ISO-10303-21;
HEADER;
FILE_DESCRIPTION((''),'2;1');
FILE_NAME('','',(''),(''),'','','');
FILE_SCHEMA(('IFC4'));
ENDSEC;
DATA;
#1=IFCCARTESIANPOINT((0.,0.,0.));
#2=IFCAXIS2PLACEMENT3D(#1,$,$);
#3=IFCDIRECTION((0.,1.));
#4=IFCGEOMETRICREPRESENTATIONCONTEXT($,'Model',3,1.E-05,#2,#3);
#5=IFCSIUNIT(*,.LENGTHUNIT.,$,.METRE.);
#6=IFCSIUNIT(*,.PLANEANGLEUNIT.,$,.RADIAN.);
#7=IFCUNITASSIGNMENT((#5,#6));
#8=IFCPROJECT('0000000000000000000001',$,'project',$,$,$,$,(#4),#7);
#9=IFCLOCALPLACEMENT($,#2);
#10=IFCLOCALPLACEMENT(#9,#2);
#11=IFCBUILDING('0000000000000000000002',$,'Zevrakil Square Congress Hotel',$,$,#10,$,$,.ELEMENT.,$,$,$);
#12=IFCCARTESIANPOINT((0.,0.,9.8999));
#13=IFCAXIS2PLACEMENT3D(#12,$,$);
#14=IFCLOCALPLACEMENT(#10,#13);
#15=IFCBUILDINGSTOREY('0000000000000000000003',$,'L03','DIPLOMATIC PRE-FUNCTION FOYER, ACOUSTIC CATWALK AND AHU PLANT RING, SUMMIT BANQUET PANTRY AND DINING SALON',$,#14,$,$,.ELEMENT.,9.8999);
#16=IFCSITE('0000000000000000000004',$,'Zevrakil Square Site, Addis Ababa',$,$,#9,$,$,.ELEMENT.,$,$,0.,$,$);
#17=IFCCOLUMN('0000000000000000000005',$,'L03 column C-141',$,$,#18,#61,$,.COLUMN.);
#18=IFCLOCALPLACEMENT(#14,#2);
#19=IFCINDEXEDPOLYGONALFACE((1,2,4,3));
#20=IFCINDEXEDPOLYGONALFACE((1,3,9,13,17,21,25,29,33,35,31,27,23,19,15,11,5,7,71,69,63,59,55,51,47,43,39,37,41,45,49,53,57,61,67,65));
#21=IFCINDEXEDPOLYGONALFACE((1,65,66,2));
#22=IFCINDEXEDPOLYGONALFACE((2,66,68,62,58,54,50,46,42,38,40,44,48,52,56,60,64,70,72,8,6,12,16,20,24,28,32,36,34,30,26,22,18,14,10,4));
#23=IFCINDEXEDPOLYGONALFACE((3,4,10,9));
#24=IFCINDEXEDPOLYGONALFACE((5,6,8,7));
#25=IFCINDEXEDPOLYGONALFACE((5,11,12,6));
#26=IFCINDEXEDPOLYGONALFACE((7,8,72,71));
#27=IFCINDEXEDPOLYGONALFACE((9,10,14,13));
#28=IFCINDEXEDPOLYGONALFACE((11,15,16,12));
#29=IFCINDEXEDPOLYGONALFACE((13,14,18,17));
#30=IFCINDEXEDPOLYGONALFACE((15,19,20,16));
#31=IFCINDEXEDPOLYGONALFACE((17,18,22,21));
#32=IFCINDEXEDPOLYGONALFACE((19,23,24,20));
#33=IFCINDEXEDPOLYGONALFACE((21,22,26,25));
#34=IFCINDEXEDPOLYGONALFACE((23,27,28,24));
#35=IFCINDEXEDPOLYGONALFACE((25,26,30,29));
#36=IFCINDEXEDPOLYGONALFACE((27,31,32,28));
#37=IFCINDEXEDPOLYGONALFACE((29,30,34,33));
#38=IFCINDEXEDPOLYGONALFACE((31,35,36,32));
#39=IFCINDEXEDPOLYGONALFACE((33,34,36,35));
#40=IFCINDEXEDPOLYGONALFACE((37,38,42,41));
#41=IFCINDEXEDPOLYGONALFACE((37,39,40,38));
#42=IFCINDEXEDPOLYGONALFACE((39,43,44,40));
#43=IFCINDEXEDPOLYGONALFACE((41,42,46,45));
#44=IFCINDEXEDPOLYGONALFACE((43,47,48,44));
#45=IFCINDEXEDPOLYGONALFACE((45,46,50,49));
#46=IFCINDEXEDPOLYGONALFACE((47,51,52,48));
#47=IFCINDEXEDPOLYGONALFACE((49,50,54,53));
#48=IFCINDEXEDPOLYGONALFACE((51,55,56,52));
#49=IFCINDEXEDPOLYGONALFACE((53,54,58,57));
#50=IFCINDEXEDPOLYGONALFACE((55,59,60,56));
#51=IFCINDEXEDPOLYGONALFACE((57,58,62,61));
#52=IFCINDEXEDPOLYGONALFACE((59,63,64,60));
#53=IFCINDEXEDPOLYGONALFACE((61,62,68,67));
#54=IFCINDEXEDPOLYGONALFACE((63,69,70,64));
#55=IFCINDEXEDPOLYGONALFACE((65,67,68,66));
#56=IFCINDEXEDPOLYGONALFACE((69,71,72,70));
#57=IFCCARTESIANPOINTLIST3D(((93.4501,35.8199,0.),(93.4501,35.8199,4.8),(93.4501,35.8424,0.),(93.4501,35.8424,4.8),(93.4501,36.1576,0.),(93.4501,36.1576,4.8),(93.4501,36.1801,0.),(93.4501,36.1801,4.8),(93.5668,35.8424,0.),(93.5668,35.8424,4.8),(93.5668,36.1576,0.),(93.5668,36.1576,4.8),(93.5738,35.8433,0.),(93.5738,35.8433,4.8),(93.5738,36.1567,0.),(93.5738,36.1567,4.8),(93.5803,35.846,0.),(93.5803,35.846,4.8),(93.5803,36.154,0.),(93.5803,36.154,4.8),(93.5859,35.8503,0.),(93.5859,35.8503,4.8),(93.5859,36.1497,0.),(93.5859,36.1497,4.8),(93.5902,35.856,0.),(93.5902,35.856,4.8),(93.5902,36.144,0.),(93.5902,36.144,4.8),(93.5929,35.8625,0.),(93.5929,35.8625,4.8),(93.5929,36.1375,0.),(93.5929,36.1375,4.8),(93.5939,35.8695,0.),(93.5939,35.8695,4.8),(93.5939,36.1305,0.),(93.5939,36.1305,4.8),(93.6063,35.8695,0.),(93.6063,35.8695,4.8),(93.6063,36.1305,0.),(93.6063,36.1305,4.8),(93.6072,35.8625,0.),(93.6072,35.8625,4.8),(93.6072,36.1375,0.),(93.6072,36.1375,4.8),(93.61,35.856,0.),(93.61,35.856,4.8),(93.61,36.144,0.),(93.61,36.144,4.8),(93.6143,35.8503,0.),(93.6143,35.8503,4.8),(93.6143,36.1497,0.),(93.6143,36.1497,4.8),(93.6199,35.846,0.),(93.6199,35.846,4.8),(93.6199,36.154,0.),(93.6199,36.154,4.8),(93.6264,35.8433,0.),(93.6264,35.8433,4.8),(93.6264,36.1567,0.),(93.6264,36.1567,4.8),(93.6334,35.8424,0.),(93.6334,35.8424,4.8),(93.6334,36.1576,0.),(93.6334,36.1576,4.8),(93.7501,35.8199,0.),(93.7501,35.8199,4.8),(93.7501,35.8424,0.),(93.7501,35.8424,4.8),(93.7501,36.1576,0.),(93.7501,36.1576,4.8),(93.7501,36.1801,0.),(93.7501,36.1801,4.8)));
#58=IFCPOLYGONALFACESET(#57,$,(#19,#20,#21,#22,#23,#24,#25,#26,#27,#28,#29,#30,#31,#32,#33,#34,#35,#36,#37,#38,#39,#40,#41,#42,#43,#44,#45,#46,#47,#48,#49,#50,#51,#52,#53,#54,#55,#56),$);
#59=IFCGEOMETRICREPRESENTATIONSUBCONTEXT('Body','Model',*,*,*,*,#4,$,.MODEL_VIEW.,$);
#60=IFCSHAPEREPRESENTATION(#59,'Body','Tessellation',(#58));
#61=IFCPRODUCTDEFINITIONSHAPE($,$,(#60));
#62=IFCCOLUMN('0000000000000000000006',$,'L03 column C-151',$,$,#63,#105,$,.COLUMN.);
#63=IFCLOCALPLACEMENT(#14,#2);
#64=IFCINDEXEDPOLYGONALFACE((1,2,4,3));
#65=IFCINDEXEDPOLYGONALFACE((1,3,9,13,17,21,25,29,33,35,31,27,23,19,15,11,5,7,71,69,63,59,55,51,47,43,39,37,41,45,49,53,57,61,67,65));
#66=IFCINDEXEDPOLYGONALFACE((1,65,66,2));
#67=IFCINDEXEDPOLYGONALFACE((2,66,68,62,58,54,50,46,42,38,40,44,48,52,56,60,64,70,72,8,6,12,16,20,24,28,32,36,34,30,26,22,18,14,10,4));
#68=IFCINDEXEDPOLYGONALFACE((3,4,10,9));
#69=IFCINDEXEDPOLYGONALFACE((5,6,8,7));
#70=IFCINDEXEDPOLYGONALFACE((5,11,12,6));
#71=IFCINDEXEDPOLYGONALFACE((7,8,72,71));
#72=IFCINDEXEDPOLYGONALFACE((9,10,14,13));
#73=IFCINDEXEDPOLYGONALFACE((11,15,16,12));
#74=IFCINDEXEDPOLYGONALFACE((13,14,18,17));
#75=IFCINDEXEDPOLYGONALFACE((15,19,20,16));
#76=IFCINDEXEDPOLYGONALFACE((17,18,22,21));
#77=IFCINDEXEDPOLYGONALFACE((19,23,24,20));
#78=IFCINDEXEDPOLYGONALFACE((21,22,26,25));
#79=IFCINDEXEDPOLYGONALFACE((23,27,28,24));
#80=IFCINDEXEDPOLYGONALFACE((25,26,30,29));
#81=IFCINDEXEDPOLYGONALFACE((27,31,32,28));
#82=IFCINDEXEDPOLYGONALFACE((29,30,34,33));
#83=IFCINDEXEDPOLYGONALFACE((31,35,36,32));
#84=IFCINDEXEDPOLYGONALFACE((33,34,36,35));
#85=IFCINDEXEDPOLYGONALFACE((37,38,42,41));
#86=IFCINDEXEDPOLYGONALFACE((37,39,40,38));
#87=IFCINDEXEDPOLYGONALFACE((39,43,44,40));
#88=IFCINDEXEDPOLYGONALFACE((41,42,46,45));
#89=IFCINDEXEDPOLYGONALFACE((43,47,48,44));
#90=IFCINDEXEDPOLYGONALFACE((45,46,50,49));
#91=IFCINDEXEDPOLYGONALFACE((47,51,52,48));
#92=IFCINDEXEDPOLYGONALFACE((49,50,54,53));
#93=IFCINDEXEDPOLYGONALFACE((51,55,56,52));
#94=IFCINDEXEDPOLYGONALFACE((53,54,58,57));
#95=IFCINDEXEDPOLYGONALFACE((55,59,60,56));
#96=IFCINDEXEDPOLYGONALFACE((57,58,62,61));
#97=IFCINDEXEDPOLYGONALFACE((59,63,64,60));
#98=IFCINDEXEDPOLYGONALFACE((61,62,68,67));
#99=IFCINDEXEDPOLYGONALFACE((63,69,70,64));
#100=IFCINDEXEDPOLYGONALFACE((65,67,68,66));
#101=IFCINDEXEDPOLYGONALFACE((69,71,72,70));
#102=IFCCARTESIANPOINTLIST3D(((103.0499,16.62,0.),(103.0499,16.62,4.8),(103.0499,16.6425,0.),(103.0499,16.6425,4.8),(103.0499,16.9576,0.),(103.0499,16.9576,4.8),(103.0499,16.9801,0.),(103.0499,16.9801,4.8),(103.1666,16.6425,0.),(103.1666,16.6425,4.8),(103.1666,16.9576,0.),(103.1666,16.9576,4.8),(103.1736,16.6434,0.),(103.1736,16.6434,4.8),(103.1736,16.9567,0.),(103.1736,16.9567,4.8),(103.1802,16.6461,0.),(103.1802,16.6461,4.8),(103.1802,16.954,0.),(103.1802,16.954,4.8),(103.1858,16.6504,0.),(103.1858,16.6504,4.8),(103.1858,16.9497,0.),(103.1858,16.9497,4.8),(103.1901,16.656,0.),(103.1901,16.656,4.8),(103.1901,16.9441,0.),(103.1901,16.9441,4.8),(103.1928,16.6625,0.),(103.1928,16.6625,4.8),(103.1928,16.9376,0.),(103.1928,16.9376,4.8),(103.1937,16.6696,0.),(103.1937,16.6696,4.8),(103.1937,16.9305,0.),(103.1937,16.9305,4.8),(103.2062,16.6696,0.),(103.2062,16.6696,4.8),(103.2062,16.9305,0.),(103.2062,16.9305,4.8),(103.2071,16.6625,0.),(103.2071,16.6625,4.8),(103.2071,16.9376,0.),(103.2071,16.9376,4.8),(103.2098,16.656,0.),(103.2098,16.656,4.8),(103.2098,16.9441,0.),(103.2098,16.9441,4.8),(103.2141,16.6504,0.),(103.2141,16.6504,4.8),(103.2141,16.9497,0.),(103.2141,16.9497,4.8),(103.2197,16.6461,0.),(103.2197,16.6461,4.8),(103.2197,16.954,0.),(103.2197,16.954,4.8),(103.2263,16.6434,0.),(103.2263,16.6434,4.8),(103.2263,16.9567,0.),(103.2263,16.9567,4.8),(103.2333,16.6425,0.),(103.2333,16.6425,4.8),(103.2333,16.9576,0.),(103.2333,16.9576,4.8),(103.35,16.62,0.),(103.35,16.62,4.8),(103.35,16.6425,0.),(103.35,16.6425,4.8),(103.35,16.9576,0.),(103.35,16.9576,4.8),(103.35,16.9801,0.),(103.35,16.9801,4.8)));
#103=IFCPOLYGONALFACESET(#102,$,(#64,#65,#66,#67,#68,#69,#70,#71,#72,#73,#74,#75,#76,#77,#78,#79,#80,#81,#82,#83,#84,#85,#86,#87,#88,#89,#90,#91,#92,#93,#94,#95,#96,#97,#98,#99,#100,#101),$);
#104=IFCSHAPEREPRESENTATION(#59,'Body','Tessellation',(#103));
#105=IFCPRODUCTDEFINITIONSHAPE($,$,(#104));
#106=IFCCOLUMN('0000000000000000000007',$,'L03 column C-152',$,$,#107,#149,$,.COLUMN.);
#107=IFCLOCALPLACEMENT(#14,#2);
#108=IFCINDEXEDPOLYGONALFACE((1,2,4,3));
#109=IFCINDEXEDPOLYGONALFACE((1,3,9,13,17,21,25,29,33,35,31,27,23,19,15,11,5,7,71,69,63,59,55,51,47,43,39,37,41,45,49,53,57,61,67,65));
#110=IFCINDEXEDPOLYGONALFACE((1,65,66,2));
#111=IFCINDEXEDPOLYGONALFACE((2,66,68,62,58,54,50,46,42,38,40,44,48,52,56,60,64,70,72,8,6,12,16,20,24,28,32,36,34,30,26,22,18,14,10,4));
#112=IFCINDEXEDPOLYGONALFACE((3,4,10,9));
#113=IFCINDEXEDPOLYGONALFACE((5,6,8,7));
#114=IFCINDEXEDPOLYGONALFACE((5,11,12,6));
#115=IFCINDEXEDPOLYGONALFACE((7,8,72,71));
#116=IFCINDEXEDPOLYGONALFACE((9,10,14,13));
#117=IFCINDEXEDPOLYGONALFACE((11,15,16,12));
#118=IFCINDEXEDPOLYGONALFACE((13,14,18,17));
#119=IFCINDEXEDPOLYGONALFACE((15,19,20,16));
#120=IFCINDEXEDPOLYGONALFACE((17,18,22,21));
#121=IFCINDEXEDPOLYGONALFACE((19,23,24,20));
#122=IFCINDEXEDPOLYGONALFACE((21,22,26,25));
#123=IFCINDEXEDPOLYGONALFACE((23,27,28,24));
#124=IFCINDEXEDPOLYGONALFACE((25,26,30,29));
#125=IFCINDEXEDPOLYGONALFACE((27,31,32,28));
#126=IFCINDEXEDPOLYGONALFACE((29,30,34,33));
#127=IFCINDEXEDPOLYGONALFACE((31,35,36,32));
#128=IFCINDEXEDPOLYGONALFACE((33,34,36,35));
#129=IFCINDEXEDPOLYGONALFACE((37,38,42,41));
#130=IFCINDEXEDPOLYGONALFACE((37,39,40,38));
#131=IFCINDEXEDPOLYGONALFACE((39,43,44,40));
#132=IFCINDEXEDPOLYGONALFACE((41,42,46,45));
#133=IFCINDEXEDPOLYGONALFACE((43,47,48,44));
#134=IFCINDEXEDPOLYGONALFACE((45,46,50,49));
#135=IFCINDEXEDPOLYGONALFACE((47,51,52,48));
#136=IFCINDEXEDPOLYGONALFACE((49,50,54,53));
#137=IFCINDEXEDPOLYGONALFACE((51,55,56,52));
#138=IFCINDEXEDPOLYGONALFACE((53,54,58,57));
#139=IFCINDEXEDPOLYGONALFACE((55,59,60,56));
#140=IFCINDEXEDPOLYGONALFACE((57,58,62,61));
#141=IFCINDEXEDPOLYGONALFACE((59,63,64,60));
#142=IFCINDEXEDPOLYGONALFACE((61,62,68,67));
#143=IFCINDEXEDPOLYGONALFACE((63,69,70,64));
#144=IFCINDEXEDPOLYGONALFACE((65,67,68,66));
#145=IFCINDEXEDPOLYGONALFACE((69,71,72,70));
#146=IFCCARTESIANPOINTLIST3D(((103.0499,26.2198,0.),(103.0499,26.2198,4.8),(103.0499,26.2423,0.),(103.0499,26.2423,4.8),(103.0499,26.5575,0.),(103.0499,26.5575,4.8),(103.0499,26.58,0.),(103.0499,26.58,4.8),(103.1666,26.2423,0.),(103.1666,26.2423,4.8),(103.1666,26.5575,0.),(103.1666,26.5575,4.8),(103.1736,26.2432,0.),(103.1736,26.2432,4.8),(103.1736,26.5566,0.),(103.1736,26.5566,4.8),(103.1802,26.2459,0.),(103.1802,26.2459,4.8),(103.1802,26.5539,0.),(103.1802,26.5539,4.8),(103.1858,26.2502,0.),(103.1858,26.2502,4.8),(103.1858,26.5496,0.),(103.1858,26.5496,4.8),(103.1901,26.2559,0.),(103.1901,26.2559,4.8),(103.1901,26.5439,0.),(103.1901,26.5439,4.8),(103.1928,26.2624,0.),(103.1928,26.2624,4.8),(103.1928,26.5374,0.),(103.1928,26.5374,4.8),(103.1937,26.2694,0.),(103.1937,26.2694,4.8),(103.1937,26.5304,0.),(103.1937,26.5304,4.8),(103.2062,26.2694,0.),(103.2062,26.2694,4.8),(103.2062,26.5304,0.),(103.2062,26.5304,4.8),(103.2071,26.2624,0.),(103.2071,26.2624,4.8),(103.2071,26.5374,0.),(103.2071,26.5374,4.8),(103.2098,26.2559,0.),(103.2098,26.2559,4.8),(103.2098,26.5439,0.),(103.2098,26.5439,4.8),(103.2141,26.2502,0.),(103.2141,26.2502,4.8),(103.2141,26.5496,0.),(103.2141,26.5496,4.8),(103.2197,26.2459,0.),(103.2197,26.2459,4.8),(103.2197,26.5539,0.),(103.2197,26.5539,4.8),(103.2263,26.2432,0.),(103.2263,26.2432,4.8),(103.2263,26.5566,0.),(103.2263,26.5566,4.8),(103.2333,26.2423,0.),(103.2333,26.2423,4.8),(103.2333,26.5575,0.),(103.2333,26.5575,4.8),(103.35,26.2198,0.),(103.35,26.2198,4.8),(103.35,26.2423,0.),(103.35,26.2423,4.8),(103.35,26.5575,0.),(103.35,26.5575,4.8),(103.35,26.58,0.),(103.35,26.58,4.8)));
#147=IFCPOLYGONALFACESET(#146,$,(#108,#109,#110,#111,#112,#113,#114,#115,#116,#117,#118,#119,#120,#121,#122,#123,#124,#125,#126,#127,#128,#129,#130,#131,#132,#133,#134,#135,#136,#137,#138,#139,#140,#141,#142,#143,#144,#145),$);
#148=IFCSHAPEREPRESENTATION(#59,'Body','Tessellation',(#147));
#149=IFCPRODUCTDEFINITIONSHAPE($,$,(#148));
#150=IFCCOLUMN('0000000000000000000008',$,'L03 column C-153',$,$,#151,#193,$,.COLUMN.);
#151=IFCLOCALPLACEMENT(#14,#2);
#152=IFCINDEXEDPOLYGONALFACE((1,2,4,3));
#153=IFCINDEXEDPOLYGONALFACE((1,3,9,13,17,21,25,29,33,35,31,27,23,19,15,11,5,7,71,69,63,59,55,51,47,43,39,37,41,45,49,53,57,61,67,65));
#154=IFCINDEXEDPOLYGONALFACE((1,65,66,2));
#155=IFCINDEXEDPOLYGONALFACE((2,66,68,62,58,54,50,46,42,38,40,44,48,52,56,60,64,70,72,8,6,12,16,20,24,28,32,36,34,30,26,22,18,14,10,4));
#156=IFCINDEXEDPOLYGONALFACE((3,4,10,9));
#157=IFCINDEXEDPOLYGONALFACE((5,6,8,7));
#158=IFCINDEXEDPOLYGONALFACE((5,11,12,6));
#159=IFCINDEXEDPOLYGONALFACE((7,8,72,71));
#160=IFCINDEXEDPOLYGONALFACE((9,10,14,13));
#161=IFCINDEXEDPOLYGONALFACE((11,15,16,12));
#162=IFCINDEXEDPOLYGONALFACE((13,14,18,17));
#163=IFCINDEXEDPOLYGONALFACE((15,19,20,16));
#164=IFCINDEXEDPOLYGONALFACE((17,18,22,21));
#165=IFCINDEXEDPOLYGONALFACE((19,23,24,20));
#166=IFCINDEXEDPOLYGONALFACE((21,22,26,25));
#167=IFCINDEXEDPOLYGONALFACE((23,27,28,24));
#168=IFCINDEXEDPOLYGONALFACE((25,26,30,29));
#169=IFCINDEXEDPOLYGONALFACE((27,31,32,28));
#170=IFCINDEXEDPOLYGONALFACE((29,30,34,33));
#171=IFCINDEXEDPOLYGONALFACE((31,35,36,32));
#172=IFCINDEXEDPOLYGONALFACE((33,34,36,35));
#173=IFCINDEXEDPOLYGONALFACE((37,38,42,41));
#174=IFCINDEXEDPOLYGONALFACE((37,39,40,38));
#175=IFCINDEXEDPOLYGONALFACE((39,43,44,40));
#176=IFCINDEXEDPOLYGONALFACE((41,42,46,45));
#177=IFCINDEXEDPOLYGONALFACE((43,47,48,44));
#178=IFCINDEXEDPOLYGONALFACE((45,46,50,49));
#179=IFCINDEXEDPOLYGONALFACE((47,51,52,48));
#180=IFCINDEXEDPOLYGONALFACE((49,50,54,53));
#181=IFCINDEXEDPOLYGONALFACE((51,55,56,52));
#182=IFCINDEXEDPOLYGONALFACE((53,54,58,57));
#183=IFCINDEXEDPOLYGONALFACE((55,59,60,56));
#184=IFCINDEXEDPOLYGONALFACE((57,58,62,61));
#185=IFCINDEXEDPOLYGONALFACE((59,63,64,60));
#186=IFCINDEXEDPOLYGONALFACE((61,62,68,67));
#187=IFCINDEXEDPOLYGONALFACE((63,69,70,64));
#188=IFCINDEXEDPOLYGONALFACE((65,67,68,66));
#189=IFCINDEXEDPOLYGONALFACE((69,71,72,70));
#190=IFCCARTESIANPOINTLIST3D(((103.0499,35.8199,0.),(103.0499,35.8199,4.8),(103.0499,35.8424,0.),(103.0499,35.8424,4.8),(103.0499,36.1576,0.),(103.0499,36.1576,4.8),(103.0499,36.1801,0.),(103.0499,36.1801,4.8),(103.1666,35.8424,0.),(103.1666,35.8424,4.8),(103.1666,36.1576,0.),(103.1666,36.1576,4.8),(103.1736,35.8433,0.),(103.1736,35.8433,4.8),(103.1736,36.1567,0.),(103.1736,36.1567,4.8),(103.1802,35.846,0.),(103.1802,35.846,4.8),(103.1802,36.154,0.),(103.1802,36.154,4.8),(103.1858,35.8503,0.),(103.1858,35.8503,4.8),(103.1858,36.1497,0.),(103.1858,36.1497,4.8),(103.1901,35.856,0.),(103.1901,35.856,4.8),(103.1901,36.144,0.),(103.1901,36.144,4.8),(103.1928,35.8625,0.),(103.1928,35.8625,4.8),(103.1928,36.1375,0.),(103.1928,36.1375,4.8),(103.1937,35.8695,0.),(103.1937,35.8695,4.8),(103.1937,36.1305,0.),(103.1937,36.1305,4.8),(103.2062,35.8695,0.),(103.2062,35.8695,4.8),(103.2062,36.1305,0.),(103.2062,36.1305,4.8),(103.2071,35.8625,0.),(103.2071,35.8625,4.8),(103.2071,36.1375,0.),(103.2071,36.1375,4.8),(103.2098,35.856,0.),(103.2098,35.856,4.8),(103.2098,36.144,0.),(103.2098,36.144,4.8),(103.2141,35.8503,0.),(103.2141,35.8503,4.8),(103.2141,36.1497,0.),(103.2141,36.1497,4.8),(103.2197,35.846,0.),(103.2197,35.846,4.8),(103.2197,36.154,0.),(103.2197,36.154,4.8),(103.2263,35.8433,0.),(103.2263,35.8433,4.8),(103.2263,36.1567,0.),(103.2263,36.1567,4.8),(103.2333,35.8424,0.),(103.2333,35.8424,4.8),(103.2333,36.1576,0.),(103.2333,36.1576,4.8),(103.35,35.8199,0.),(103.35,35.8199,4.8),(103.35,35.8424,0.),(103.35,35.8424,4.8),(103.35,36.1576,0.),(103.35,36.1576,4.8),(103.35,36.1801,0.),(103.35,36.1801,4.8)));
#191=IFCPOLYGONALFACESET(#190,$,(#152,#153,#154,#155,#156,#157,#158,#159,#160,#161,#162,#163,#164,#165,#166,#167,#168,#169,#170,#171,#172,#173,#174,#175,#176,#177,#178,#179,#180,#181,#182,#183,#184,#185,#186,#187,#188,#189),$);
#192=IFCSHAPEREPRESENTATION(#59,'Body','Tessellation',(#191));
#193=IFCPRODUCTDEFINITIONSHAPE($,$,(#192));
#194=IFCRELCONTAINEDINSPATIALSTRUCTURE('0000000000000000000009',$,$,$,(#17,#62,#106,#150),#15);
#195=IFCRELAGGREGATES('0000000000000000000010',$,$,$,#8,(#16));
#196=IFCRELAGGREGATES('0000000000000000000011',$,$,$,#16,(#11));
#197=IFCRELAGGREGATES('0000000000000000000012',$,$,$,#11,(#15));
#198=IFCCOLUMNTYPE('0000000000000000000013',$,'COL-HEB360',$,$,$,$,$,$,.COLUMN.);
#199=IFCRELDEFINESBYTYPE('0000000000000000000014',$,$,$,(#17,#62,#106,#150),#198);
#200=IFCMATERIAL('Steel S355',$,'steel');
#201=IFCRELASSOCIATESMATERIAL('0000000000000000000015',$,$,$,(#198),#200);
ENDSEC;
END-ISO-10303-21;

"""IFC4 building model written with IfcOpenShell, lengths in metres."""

from ifc_helpers import new_model, si_unit, direction, frame, origin, origin_2d, place, context, subcontext, project, spatial, i_section, extrude, material, material_profile, profile_set, type_object, element, save


model = new_model("IFC4")

# Units and contexts
model_context = context("Model", 3, precision=1e-05, world=origin(), true_north=direction((0.0, 1.0)))
body_context = subcontext(model_context, "Body", "Model", "MODEL_VIEW")
ifc_project = project(units=[si_unit("LENGTHUNIT", "METRE"), si_unit("PLANEANGLEUNIT", "RADIAN")], contexts=[model_context])

# Site, building, storey
site_placement = place(None, origin())
site = spatial("IfcSite", under=ifc_project, at=site_placement, Name="Zevrakil Square Site, Addis Ababa", CompositionType="ELEMENT", RefElevation=0.0)
building_placement = place(site_placement, origin())
building = spatial("IfcBuilding", under=site, at=building_placement, Name="Zevrakil Square Congress Hotel", CompositionType="ELEMENT")
storey_placement = place(building_placement, frame((0.0, 0.0, 9.8999)))
storey = spatial("IfcBuildingStorey", under=building, at=storey_placement, Name="L03", Description="DIPLOMATIC PRE-FUNCTION FOYER, ACOUSTIC CATWALK AND AHU PLANT RING, SUMMIT BANQUET PANTRY AND DINING SALON", CompositionType="ELEMENT", Elevation=9.8999)

# Columns
ifc_material_1 = material(Name="Steel S355", Category="steel")
ifc_material_profile_1 = material_profile(ifc_material_1, i_section(OverallWidth=0.3, OverallDepth=0.3601, WebThickness=0.0125, FlangeThickness=0.0225, FilletRadius=0.0271, at=origin_2d()), Name="HEB 360")
ifc_profile_set_1 = profile_set([ifc_material_profile_1], Name="Steel S355")
column_type = type_object("IfcColumnType", Name="COL-HEB360", PredefinedType="COLUMN", material=ifc_profile_set_1)
for number, where, z_axis, x_axis, name in (
    (1, (93.6001, 36.0, 0.0), (0.0, 0.0, 1.0), (1.0, 0.0, 0.0), "L03 column C-141"),
    (2, (103.2, 16.8, 0.0), (0.0, 0.0, 1.0), (1.0, 0.0, 0.0), "L03 column C-151"),
    (3, (103.2, 26.3999, 0.0), (0.0, 0.0, 1.0), (1.0, 0.0, 0.0), "L03 column C-152"),
    (4, (103.2, 36.0, 0.0), (0.0, 0.0, 1.0), (1.0, 0.0, 0.0), "L03 column C-153"),
):
    element("IfcColumn", number, at=place(storey_placement, frame(where, z_axis=z_axis, x_axis=x_axis)), inside=storey, type_object=column_type, Name=name, PredefinedType="COLUMN", context=body_context, shape_type="SweptSolid", body=[
        extrude(i_section(OverallWidth=0.3, OverallDepth=0.3601, WebThickness=0.0125, FlangeThickness=0.0225, FilletRadius=0.0271, at=origin_2d()), origin(), (0.0, 0.0, 1.0), 4.8),
    ])

save(model, "model.ifc")
